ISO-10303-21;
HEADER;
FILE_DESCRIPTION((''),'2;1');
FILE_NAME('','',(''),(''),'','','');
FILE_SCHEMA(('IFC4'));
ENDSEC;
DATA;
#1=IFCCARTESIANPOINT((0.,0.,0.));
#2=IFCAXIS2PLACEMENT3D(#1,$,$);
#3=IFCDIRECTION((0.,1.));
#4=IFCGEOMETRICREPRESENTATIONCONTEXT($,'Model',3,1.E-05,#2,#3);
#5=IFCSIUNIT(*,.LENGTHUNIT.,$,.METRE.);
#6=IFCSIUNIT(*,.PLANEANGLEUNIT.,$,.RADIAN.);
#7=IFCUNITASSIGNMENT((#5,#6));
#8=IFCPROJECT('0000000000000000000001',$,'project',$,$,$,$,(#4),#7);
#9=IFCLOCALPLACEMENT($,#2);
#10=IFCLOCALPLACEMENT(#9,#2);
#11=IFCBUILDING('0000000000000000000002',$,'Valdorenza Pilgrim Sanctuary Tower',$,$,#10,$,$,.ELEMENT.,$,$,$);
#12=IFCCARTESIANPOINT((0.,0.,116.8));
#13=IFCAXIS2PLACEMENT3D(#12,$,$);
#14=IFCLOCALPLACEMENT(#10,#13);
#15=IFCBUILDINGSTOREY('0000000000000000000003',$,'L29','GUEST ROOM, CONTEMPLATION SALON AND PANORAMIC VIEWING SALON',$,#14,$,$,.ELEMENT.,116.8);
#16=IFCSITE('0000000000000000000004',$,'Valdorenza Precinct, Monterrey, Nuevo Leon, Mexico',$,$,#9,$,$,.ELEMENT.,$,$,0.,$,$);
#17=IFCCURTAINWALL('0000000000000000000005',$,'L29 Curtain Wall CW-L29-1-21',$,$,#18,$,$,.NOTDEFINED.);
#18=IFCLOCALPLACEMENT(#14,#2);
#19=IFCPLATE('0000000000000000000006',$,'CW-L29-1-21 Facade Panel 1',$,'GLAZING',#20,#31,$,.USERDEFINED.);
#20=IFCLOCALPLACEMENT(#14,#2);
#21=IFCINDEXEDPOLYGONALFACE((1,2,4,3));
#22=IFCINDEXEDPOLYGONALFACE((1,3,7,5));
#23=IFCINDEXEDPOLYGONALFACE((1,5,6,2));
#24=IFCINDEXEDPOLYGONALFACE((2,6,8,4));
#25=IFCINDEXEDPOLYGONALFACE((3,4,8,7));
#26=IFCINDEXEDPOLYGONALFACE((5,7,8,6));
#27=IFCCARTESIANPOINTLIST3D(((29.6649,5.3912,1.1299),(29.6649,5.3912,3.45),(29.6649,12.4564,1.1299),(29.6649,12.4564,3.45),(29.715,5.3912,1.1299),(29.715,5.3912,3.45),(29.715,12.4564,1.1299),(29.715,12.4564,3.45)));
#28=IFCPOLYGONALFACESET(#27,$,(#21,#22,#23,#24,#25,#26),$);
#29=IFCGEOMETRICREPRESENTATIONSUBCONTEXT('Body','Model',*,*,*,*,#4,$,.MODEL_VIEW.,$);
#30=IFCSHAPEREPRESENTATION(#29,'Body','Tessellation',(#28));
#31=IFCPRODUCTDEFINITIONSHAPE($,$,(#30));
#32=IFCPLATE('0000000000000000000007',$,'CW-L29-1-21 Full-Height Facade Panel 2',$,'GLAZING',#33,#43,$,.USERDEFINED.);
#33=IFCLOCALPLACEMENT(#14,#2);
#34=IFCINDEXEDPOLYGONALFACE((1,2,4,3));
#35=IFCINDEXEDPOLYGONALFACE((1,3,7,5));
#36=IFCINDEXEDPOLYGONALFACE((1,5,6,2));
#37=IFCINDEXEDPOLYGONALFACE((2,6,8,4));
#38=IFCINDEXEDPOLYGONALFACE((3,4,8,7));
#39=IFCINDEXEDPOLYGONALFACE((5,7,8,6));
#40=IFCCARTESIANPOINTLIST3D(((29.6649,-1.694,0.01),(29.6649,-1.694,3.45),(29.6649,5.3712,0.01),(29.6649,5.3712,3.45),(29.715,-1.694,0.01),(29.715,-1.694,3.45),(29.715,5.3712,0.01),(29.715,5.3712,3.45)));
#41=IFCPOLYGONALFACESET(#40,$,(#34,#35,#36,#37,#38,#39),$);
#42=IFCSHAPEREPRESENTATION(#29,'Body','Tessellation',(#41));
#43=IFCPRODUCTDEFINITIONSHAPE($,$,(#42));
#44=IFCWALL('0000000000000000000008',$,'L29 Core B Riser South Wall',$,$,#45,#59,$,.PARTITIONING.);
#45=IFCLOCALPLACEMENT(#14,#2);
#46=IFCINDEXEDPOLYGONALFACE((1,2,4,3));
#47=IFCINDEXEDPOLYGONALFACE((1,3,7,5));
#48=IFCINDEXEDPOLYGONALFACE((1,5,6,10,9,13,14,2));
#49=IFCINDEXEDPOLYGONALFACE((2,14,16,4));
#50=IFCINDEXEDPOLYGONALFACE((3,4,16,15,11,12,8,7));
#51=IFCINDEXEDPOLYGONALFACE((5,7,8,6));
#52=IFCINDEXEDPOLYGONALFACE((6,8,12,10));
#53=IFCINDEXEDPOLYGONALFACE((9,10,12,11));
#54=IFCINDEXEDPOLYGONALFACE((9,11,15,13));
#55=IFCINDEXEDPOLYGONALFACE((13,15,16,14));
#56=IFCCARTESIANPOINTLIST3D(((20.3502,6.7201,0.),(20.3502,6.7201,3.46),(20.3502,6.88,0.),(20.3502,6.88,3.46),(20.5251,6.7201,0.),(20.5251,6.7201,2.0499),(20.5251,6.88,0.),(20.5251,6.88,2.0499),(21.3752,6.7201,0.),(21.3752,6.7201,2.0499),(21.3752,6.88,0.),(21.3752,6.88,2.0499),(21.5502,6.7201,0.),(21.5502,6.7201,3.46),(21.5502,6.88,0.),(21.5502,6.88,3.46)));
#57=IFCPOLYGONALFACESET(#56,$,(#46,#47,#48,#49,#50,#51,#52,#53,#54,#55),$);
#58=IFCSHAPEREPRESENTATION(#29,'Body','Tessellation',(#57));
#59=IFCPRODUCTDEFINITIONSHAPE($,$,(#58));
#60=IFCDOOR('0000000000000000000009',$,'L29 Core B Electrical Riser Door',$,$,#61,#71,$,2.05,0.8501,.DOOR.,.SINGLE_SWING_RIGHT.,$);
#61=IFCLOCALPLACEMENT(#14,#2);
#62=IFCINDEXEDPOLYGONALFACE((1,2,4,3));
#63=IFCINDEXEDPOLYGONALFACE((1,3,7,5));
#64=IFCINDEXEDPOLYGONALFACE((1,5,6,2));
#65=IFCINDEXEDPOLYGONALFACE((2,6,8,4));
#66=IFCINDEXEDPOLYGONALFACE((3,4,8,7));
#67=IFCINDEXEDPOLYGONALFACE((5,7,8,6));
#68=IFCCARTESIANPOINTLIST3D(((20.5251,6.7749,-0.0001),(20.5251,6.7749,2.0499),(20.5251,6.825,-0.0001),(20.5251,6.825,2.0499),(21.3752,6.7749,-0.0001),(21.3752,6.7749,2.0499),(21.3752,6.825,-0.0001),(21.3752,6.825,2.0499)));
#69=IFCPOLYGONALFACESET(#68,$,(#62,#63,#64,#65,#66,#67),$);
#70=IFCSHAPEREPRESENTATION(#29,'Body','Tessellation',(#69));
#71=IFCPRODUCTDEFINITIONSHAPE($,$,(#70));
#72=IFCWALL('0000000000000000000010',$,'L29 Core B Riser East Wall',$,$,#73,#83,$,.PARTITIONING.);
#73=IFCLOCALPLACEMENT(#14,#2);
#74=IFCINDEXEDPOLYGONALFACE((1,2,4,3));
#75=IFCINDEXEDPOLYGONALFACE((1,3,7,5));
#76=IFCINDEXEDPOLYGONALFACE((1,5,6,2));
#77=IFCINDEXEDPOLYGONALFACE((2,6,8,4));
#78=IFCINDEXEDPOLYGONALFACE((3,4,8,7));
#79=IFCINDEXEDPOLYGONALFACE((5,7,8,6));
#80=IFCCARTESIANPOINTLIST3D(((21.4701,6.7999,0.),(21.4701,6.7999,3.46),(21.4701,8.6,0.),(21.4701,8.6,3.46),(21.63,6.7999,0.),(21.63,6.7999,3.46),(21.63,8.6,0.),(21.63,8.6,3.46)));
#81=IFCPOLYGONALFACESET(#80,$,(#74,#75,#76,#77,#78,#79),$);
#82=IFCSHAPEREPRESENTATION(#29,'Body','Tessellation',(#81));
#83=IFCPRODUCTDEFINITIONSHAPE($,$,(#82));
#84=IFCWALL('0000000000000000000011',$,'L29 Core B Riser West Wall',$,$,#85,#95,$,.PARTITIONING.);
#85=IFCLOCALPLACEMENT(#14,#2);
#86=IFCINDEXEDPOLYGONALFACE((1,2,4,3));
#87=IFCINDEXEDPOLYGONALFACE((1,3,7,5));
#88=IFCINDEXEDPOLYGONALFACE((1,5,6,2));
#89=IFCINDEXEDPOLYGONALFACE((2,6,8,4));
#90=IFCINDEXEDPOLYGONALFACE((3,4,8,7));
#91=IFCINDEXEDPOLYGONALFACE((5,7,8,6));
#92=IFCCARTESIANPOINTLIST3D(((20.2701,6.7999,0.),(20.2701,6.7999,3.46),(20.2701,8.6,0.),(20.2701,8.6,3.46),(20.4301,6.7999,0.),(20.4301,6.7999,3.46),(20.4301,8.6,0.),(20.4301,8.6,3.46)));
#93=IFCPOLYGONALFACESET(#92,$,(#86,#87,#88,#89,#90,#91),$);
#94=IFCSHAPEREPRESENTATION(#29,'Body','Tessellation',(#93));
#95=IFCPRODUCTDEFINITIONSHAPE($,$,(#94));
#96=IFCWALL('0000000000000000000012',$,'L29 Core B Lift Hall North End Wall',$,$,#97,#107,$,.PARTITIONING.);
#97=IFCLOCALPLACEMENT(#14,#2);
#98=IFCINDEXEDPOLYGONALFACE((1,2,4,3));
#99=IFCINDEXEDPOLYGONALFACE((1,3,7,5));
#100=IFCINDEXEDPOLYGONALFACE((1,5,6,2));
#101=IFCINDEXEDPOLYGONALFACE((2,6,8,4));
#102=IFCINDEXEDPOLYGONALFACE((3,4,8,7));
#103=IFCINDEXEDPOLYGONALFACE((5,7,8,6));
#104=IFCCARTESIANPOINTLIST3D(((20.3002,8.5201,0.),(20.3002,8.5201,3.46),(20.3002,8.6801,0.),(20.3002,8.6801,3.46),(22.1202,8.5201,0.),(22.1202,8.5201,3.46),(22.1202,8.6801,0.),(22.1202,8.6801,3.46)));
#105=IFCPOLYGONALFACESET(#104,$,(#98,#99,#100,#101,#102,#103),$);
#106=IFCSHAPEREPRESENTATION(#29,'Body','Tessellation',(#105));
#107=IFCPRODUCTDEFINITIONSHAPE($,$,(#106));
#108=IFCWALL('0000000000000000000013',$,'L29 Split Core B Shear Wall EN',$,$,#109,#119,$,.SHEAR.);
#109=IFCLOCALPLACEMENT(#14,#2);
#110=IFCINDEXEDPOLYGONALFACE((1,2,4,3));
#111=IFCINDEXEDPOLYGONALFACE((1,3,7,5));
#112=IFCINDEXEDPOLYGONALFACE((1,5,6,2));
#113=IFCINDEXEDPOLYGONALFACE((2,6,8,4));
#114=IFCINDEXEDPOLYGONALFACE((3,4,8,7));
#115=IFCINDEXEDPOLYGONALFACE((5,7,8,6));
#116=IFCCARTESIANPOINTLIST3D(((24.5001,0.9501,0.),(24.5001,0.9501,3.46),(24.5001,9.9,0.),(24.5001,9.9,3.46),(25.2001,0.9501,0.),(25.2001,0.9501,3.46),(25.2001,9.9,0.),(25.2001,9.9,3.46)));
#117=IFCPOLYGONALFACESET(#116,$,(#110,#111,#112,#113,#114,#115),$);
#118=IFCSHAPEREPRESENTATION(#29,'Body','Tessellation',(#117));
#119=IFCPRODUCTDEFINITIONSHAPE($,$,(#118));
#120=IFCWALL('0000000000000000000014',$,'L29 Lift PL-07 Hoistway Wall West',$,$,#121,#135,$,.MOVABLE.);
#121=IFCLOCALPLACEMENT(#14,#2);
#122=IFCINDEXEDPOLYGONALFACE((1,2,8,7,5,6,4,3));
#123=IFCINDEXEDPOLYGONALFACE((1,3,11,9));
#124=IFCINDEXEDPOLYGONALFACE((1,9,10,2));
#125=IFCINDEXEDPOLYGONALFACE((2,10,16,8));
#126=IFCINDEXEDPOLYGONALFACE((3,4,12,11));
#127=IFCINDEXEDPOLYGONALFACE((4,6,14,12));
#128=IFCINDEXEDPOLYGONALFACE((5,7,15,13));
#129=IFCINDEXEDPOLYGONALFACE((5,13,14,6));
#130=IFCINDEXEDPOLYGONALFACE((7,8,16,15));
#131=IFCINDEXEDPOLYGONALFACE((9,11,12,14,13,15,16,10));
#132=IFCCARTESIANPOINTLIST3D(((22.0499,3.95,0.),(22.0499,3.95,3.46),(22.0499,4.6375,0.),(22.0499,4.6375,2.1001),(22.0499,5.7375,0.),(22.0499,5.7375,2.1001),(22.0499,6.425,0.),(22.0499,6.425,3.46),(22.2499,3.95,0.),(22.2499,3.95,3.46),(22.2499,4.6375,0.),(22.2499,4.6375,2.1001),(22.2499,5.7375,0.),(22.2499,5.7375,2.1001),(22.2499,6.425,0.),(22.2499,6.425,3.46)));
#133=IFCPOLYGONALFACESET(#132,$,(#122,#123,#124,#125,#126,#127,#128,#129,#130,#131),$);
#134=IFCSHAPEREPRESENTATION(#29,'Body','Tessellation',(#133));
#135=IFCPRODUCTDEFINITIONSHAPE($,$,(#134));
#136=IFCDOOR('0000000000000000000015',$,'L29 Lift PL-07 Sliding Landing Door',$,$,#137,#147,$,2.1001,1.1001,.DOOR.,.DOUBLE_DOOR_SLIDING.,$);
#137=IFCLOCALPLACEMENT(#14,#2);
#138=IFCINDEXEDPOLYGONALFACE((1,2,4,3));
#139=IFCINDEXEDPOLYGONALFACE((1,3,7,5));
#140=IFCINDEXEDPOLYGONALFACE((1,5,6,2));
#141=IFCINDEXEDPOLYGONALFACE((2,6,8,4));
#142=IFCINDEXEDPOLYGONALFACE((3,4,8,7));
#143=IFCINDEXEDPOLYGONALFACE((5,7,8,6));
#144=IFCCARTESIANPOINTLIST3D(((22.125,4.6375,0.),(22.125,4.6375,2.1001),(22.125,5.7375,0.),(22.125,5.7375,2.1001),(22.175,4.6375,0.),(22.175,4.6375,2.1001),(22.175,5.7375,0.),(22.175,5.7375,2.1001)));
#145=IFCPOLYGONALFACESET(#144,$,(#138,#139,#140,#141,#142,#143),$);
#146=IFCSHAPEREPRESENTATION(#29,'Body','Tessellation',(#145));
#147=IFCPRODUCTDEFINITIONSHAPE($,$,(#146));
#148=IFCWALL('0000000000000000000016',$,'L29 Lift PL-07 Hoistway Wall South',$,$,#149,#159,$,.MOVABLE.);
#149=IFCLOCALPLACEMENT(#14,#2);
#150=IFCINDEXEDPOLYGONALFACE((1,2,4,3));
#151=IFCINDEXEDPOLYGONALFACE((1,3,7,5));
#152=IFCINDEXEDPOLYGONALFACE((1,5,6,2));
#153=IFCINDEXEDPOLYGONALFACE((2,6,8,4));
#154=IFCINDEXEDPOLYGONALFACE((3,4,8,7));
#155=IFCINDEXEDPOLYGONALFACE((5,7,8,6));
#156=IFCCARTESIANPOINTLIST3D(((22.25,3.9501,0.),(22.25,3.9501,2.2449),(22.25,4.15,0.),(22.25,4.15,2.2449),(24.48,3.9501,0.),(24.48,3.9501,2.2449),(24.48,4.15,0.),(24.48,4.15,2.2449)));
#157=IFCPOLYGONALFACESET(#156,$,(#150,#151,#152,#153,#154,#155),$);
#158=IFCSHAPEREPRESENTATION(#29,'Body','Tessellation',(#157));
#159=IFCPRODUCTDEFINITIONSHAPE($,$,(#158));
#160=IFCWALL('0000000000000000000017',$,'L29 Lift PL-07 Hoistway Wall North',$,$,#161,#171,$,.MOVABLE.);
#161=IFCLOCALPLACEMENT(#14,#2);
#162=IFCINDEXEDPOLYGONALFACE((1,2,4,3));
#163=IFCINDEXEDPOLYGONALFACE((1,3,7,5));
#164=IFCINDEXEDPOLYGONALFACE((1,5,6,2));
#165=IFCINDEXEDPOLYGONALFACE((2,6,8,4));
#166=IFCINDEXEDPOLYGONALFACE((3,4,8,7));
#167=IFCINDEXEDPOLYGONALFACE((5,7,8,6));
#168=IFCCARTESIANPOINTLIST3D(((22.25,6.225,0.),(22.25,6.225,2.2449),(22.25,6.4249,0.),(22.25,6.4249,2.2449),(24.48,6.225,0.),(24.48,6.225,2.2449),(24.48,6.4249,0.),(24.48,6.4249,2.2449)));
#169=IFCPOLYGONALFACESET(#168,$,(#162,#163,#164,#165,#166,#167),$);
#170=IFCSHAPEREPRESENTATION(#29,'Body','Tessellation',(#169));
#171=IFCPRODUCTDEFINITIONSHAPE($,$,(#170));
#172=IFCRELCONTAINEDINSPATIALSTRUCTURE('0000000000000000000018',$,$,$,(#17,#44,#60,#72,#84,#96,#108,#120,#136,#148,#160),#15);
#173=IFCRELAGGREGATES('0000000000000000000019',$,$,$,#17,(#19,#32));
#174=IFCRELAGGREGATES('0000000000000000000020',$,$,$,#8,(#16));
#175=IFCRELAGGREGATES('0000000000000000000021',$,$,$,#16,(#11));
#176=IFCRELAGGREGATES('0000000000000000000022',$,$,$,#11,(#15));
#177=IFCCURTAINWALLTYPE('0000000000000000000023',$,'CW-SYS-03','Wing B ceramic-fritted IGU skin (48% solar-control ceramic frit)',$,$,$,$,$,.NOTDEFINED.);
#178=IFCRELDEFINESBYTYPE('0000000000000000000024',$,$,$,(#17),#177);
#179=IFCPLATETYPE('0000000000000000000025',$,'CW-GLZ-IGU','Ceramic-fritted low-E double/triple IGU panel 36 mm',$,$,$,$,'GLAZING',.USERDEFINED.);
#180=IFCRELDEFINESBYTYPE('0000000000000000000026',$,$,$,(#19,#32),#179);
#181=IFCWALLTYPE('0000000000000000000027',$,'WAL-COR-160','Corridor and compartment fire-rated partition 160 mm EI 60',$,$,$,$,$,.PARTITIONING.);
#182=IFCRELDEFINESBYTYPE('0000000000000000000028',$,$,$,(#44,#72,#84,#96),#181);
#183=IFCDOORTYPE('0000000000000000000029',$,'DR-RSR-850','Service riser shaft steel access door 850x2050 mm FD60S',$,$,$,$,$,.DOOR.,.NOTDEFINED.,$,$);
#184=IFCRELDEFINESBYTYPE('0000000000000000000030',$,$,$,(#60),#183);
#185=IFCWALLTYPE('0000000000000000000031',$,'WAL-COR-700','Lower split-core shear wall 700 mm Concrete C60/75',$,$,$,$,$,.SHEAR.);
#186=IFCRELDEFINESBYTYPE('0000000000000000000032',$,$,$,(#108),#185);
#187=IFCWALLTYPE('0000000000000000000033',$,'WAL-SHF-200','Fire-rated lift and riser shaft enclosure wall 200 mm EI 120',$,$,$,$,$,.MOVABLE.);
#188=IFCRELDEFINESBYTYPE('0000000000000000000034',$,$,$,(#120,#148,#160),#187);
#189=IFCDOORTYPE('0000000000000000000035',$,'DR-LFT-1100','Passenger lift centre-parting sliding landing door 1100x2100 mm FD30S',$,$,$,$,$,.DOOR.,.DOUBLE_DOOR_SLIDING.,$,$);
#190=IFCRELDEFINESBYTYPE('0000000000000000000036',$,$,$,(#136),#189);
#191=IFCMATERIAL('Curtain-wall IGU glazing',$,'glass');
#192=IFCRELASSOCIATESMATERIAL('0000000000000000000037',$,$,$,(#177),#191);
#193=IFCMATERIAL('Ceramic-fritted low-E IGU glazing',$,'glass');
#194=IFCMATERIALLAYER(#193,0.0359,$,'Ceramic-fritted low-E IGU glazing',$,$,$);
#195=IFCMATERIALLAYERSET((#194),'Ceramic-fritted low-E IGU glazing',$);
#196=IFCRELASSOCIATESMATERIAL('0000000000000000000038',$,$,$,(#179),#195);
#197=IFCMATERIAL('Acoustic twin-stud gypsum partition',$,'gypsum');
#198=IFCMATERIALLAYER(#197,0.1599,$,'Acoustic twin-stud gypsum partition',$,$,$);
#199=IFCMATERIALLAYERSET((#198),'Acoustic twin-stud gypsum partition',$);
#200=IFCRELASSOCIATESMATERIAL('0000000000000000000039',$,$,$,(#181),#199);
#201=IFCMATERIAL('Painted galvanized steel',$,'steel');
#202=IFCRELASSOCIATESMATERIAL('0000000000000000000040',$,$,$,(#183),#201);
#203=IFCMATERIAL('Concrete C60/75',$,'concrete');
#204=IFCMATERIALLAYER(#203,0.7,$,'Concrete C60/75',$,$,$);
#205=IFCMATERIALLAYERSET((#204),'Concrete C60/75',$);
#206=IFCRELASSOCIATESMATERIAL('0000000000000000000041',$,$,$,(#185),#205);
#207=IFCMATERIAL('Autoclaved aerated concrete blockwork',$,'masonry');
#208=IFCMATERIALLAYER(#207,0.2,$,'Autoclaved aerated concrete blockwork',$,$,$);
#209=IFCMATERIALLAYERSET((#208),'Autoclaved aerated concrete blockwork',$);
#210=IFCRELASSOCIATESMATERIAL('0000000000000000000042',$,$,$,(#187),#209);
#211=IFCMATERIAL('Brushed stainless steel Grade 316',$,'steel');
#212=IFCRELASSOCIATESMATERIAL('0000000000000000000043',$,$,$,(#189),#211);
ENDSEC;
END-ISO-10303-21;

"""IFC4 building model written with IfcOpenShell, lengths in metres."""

from ifc_helpers import new_model, si_unit, direction, frame, frame_2d, origin, origin_2d, place, context, subcontext, project, spatial, rectangle, extrude, source, transform, mapped, material, layer, layer_set, type_object, element, fill, aggregate, save


model = new_model("IFC4")

# Units and contexts
model_context = context("Model", 3, precision=1e-05, world=origin(), true_north=direction((0.0, 1.0)))
body_context = subcontext(model_context, "Body", "Model", "MODEL_VIEW")
ifc_project = project(units=[si_unit("LENGTHUNIT", "METRE"), si_unit("PLANEANGLEUNIT", "RADIAN")], contexts=[model_context])

# Site, building, storey
site_placement = place(None, origin())
site = spatial("IfcSite", under=ifc_project, at=site_placement, Name="Valdorenza Precinct, Monterrey, Nuevo Leon, Mexico", CompositionType="ELEMENT", RefElevation=0.0)
building_placement = place(site_placement, origin())
building = spatial("IfcBuilding", under=site, at=building_placement, Name="Valdorenza Pilgrim Sanctuary Tower", CompositionType="ELEMENT")
storey_placement = place(building_placement, frame((0.0, 0.0, 116.8)))
storey = spatial("IfcBuildingStorey", under=building, at=storey_placement, Name="L29", Description="GUEST ROOM, CONTEMPLATION SALON AND PANORAMIC VIEWING SALON", CompositionType="ELEMENT", Elevation=116.8)

# Curtain wall, plates
ifc_material_1 = material(Name="Curtain-wall IGU glazing", Category="glass")
curtain_wall_type = type_object("IfcCurtainWallType", Name="CW-SYS-03", Description="Wing B ceramic-fritted IGU skin (48% solar-control ceramic frit)", PredefinedType="NOTDEFINED", material=ifc_material_1)
curtain_wall_placement = place(storey_placement, origin())
curtain_wall = element("IfcCurtainWall", 1, at=curtain_wall_placement, inside=storey, type_object=curtain_wall_type, Name="L29 Curtain Wall CW-L29-1-21", PredefinedType="NOTDEFINED")
ifc_material_2 = material(Name="Ceramic-fritted low-E IGU glazing", Category="glass")
ifc_layer_1 = layer(ifc_material_2, 0.0359, Name="Ceramic-fritted low-E IGU glazing")
ifc_layer_set_1 = layer_set([ifc_layer_1], Name="Ceramic-fritted low-E IGU glazing")
plate_type_1 = type_object("IfcPlateType", Name="CW-GLZ-IGU", Description="Ceramic-fritted low-E double/triple IGU panel 36 mm", ElementType="GLAZING", PredefinedType="USERDEFINED", material=ifc_layer_set_1)
shared_shape_1 = source(origin(), body_context, "Body", "SweptSolid", [
    extrude(rectangle(XDim=7.0652, YDim=0.05, at=origin_2d()), origin(), (0.0, 0.0, 1.0), 2.3201),
])
plate_1_placement = place(storey_placement, frame((29.6899, 8.9238, 1.1299), z_axis=(0.0, 0.0, 1.0), x_axis=(0.0, -1.0, 0.0)))
plate_1 = element("IfcPlate", 2, at=plate_1_placement, type_object=plate_type_1, Name="CW-L29-1-21 Facade Panel 1", ObjectType="GLAZING", PredefinedType="USERDEFINED", context=body_context, shape_type="MappedRepresentation", body=[
    mapped(shared_shape_1, transform((0.0, 0.0, 0.0), x_axis=(1.0, 0.0, 0.0), y_axis=(0.0, 1.0, 0.0), z_axis=(0.0, 0.0, 1.0), scale=1.0)),
])
shared_shape_2 = source(origin(), body_context, "Body", "SweptSolid", [
    extrude(rectangle(XDim=7.0652, YDim=0.05, at=origin_2d()), origin(), (0.0, 0.0, 1.0), 3.4399),
])
plate_2_placement = place(storey_placement, frame((29.6899, 1.8386, 0.01), z_axis=(0.0, 0.0, 1.0), x_axis=(0.0, -1.0, 0.0)))
plate_2 = element("IfcPlate", 3, at=plate_2_placement, type_object=plate_type_1, Name="CW-L29-1-21 Full-Height Facade Panel 2", ObjectType="GLAZING", PredefinedType="USERDEFINED", context=body_context, shape_type="MappedRepresentation", body=[
    mapped(shared_shape_2, transform((0.0, 0.0, 0.0), x_axis=(1.0, 0.0, 0.0), y_axis=(0.0, 1.0, 0.0), z_axis=(0.0, 0.0, 1.0), scale=1.0)),
])
aggregate(curtain_wall, [plate_1, plate_2])

# Wall, opening, door
ifc_material_3 = material(Name="Acoustic twin-stud gypsum partition", Category="gypsum")
ifc_layer_2 = layer(ifc_material_3, 0.1599, Name="Acoustic twin-stud gypsum partition")
ifc_layer_set_2 = layer_set([ifc_layer_2], Name="Acoustic twin-stud gypsum partition")
wall_type_1 = type_object("IfcWallType", Name="WAL-COR-160", Description="Corridor and compartment fire-rated partition 160 mm EI 60", PredefinedType="PARTITIONING", material=ifc_layer_set_2)
wall_1_placement = place(storey_placement, frame((20.3501, 6.8, 0.0), z_axis=(0.0, 0.0, 1.0), x_axis=(1.0, 0.0, 0.0)))
wall_1 = element("IfcWall", 4, at=wall_1_placement, inside=storey, type_object=wall_type_1, Name="L29 Core B Riser South Wall", PredefinedType="PARTITIONING", context=body_context, shape_type="SweptSolid", body=[
    extrude(rectangle(XDim=1.2, YDim=0.1599, at=frame_2d((0.6001, 0.0))), origin(), (0.0, 0.0, 1.0), 3.46),
])
opening_1_placement = place(wall_1_placement, frame((0.175, 0.0, 0.0)))
opening_1 = element("IfcOpeningElement", 5, at=opening_1_placement, cuts=wall_1, PredefinedType="OPENING", context=body_context, shape_type="SweptSolid", body=[
    extrude(rectangle(XDim=0.8501, YDim=2.05, at=frame_2d((0.425, 1.0249))), frame((0.0, 0.0947, 0.0), z_axis=(0.0, -1.0, 0.0), x_axis=(1.0, 0.0, 0.0)), (0.0, 0.0, 1.0), 0.1897),
])
ifc_material_4 = material(Name="Painted galvanized steel", Category="steel")
door_type_1 = type_object("IfcDoorType", Name="DR-RSR-850", Description="Service riser shaft steel access door 850x2050 mm FD60S", OperationType="NOTDEFINED", PredefinedType="DOOR", material=ifc_material_4)
door_1_placement = place(opening_1_placement, origin())
door_1 = element("IfcDoor", 6, at=door_1_placement, inside=storey, type_object=door_type_1, Name="L29 Core B Electrical Riser Door", OperationType="SINGLE_SWING_RIGHT", OverallHeight=2.05, OverallWidth=0.8501, PredefinedType="DOOR", context=body_context, shape_type="SweptSolid", body=[
    extrude(rectangle(XDim=0.8501, YDim=2.05, at=frame_2d((0.425, 1.0249))), frame((0.0, 0.0249, 0.0), z_axis=(0.0, -1.0, 0.0), x_axis=(1.0, 0.0, 0.0)), (0.0, 0.0, 1.0), 0.05),
])
fill(opening_1, door_1)

# Walls
for number, where, z_axis, x_axis, name in (
    (7, (21.55, 6.8, 0.0), (0.0, 0.0, 1.0), (0.0, 1.0, 0.0), "L29 Core B Riser East Wall"),
    (8, (20.3501, 6.8, 0.0), (0.0, 0.0, 1.0), (0.0, 1.0, 0.0), "L29 Core B Riser West Wall"),
):
    element("IfcWall", number, at=place(storey_placement, frame(where, z_axis=z_axis, x_axis=x_axis)), inside=storey, type_object=wall_type_1, Name=name, PredefinedType="PARTITIONING", context=body_context, shape_type="SweptSolid", body=[
        extrude(rectangle(XDim=1.8, YDim=0.1599, at=frame_2d((0.8999, 0.0))), origin(), (0.0, 0.0, 1.0), 3.46),
    ])
wall_2_placement = place(storey_placement, frame((20.3, 8.6001, 0.0), z_axis=(0.0, 0.0, 1.0), x_axis=(1.0, 0.0, 0.0)))
element("IfcWall", 9, at=wall_2_placement, inside=storey, type_object=wall_type_1, Name="L29 Core B Lift Hall North End Wall", PredefinedType="PARTITIONING", context=body_context, shape_type="SweptSolid", body=[
    extrude(rectangle(XDim=1.8201, YDim=0.1599, at=frame_2d((0.9102, 0.0))), origin(), (0.0, 0.0, 1.0), 3.46),
])
ifc_material_5 = material(Name="Concrete C60/75", Category="concrete")
ifc_layer_3 = layer(ifc_material_5, 0.7, Name="Concrete C60/75")
ifc_layer_set_3 = layer_set([ifc_layer_3], Name="Concrete C60/75")
wall_type_2 = type_object("IfcWallType", Name="WAL-COR-700", Description="Lower split-core shear wall 700 mm Concrete C60/75", PredefinedType="SHEAR", material=ifc_layer_set_3)
wall_3_placement = place(storey_placement, frame((24.8501, 0.95, 0.0), z_axis=(0.0, 0.0, 1.0), x_axis=(0.0, 1.0, 0.0)))
element("IfcWall", 10, at=wall_3_placement, inside=storey, type_object=wall_type_2, Name="L29 Split Core B Shear Wall EN", PredefinedType="SHEAR", context=body_context, shape_type="SweptSolid", body=[
    extrude(rectangle(XDim=8.95, YDim=0.7, at=frame_2d((4.4751, 0.0))), origin(), (0.0, 0.0, 1.0), 3.46),
])

# Wall, opening, door
ifc_material_6 = material(Name="Autoclaved aerated concrete blockwork", Category="masonry")
ifc_layer_4 = layer(ifc_material_6, 0.2, Name="Autoclaved aerated concrete blockwork")
ifc_layer_set_4 = layer_set([ifc_layer_4], Name="Autoclaved aerated concrete blockwork")
wall_type_3 = type_object("IfcWallType", Name="WAL-SHF-200", Description="Fire-rated lift and riser shaft enclosure wall 200 mm EI 120", PredefinedType="MOVABLE", material=ifc_layer_set_4)
wall_4_placement = place(storey_placement, frame((22.1499, 3.95, 0.0), z_axis=(0.0, 0.0, 1.0), x_axis=(0.0, 1.0, 0.0)))
wall_4 = element("IfcWall", 11, at=wall_4_placement, inside=storey, type_object=wall_type_3, Name="L29 Lift PL-07 Hoistway Wall West", PredefinedType="MOVABLE", context=body_context, shape_type="SweptSolid", body=[
    extrude(rectangle(XDim=2.4751, YDim=0.2, at=frame_2d((1.2375, 0.0))), origin(), (0.0, 0.0, 1.0), 3.46),
])
opening_2_placement = place(wall_4_placement, frame((0.6875, 0.0, 0.0)))
opening_2 = element("IfcOpeningElement", 12, at=opening_2_placement, cuts=wall_4, PredefinedType="OPENING", context=body_context, shape_type="SweptSolid", body=[
    extrude(rectangle(XDim=1.1001, YDim=2.1001, at=frame_2d((0.55, 1.05))), frame((0.0, 0.1147, 0.0), z_axis=(0.0, -1.0, 0.0), x_axis=(1.0, 0.0, 0.0)), (0.0, 0.0, 1.0), 0.2297),
])
ifc_material_7 = material(Name="Brushed stainless steel Grade 316", Category="steel")
door_type_2 = type_object("IfcDoorType", Name="DR-LFT-1100", Description="Passenger lift centre-parting sliding landing door 1100x2100 mm FD30S", OperationType="DOUBLE_DOOR_SLIDING", PredefinedType="DOOR", material=ifc_material_7)
door_2_placement = place(opening_2_placement, origin())
door_2 = element("IfcDoor", 13, at=door_2_placement, inside=storey, type_object=door_type_2, Name="L29 Lift PL-07 Sliding Landing Door", OperationType="DOUBLE_DOOR_SLIDING", OverallHeight=2.1001, OverallWidth=1.1001, PredefinedType="DOOR", context=body_context, shape_type="SweptSolid", body=[
    extrude(rectangle(XDim=1.1001, YDim=2.1001, at=frame_2d((0.55, 1.05))), frame((0.0, 0.0249, 0.0), z_axis=(0.0, -1.0, 0.0), x_axis=(1.0, 0.0, 0.0)), (0.0, 0.0, 1.0), 0.05),
])
fill(opening_2, door_2)

# Walls
for number, where, z_axis, x_axis, name in (
    (14, (22.25, 4.05, 0.0), (0.0, 0.0, 1.0), (1.0, 0.0, 0.0), "L29 Lift PL-07 Hoistway Wall South"),
    (15, (22.25, 6.325, 0.0), (0.0, 0.0, 1.0), (1.0, 0.0, 0.0), "L29 Lift PL-07 Hoistway Wall North"),
):
    element("IfcWall", number, at=place(storey_placement, frame(where, z_axis=z_axis, x_axis=x_axis)), inside=storey, type_object=wall_type_3, Name=name, PredefinedType="MOVABLE", context=body_context, shape_type="SweptSolid", body=[
        extrude(rectangle(XDim=2.23, YDim=0.2, at=frame_2d((1.115, 0.0))), origin(), (0.0, 0.0, 1.0), 2.2449),
    ])

save(model, "model.ifc")
